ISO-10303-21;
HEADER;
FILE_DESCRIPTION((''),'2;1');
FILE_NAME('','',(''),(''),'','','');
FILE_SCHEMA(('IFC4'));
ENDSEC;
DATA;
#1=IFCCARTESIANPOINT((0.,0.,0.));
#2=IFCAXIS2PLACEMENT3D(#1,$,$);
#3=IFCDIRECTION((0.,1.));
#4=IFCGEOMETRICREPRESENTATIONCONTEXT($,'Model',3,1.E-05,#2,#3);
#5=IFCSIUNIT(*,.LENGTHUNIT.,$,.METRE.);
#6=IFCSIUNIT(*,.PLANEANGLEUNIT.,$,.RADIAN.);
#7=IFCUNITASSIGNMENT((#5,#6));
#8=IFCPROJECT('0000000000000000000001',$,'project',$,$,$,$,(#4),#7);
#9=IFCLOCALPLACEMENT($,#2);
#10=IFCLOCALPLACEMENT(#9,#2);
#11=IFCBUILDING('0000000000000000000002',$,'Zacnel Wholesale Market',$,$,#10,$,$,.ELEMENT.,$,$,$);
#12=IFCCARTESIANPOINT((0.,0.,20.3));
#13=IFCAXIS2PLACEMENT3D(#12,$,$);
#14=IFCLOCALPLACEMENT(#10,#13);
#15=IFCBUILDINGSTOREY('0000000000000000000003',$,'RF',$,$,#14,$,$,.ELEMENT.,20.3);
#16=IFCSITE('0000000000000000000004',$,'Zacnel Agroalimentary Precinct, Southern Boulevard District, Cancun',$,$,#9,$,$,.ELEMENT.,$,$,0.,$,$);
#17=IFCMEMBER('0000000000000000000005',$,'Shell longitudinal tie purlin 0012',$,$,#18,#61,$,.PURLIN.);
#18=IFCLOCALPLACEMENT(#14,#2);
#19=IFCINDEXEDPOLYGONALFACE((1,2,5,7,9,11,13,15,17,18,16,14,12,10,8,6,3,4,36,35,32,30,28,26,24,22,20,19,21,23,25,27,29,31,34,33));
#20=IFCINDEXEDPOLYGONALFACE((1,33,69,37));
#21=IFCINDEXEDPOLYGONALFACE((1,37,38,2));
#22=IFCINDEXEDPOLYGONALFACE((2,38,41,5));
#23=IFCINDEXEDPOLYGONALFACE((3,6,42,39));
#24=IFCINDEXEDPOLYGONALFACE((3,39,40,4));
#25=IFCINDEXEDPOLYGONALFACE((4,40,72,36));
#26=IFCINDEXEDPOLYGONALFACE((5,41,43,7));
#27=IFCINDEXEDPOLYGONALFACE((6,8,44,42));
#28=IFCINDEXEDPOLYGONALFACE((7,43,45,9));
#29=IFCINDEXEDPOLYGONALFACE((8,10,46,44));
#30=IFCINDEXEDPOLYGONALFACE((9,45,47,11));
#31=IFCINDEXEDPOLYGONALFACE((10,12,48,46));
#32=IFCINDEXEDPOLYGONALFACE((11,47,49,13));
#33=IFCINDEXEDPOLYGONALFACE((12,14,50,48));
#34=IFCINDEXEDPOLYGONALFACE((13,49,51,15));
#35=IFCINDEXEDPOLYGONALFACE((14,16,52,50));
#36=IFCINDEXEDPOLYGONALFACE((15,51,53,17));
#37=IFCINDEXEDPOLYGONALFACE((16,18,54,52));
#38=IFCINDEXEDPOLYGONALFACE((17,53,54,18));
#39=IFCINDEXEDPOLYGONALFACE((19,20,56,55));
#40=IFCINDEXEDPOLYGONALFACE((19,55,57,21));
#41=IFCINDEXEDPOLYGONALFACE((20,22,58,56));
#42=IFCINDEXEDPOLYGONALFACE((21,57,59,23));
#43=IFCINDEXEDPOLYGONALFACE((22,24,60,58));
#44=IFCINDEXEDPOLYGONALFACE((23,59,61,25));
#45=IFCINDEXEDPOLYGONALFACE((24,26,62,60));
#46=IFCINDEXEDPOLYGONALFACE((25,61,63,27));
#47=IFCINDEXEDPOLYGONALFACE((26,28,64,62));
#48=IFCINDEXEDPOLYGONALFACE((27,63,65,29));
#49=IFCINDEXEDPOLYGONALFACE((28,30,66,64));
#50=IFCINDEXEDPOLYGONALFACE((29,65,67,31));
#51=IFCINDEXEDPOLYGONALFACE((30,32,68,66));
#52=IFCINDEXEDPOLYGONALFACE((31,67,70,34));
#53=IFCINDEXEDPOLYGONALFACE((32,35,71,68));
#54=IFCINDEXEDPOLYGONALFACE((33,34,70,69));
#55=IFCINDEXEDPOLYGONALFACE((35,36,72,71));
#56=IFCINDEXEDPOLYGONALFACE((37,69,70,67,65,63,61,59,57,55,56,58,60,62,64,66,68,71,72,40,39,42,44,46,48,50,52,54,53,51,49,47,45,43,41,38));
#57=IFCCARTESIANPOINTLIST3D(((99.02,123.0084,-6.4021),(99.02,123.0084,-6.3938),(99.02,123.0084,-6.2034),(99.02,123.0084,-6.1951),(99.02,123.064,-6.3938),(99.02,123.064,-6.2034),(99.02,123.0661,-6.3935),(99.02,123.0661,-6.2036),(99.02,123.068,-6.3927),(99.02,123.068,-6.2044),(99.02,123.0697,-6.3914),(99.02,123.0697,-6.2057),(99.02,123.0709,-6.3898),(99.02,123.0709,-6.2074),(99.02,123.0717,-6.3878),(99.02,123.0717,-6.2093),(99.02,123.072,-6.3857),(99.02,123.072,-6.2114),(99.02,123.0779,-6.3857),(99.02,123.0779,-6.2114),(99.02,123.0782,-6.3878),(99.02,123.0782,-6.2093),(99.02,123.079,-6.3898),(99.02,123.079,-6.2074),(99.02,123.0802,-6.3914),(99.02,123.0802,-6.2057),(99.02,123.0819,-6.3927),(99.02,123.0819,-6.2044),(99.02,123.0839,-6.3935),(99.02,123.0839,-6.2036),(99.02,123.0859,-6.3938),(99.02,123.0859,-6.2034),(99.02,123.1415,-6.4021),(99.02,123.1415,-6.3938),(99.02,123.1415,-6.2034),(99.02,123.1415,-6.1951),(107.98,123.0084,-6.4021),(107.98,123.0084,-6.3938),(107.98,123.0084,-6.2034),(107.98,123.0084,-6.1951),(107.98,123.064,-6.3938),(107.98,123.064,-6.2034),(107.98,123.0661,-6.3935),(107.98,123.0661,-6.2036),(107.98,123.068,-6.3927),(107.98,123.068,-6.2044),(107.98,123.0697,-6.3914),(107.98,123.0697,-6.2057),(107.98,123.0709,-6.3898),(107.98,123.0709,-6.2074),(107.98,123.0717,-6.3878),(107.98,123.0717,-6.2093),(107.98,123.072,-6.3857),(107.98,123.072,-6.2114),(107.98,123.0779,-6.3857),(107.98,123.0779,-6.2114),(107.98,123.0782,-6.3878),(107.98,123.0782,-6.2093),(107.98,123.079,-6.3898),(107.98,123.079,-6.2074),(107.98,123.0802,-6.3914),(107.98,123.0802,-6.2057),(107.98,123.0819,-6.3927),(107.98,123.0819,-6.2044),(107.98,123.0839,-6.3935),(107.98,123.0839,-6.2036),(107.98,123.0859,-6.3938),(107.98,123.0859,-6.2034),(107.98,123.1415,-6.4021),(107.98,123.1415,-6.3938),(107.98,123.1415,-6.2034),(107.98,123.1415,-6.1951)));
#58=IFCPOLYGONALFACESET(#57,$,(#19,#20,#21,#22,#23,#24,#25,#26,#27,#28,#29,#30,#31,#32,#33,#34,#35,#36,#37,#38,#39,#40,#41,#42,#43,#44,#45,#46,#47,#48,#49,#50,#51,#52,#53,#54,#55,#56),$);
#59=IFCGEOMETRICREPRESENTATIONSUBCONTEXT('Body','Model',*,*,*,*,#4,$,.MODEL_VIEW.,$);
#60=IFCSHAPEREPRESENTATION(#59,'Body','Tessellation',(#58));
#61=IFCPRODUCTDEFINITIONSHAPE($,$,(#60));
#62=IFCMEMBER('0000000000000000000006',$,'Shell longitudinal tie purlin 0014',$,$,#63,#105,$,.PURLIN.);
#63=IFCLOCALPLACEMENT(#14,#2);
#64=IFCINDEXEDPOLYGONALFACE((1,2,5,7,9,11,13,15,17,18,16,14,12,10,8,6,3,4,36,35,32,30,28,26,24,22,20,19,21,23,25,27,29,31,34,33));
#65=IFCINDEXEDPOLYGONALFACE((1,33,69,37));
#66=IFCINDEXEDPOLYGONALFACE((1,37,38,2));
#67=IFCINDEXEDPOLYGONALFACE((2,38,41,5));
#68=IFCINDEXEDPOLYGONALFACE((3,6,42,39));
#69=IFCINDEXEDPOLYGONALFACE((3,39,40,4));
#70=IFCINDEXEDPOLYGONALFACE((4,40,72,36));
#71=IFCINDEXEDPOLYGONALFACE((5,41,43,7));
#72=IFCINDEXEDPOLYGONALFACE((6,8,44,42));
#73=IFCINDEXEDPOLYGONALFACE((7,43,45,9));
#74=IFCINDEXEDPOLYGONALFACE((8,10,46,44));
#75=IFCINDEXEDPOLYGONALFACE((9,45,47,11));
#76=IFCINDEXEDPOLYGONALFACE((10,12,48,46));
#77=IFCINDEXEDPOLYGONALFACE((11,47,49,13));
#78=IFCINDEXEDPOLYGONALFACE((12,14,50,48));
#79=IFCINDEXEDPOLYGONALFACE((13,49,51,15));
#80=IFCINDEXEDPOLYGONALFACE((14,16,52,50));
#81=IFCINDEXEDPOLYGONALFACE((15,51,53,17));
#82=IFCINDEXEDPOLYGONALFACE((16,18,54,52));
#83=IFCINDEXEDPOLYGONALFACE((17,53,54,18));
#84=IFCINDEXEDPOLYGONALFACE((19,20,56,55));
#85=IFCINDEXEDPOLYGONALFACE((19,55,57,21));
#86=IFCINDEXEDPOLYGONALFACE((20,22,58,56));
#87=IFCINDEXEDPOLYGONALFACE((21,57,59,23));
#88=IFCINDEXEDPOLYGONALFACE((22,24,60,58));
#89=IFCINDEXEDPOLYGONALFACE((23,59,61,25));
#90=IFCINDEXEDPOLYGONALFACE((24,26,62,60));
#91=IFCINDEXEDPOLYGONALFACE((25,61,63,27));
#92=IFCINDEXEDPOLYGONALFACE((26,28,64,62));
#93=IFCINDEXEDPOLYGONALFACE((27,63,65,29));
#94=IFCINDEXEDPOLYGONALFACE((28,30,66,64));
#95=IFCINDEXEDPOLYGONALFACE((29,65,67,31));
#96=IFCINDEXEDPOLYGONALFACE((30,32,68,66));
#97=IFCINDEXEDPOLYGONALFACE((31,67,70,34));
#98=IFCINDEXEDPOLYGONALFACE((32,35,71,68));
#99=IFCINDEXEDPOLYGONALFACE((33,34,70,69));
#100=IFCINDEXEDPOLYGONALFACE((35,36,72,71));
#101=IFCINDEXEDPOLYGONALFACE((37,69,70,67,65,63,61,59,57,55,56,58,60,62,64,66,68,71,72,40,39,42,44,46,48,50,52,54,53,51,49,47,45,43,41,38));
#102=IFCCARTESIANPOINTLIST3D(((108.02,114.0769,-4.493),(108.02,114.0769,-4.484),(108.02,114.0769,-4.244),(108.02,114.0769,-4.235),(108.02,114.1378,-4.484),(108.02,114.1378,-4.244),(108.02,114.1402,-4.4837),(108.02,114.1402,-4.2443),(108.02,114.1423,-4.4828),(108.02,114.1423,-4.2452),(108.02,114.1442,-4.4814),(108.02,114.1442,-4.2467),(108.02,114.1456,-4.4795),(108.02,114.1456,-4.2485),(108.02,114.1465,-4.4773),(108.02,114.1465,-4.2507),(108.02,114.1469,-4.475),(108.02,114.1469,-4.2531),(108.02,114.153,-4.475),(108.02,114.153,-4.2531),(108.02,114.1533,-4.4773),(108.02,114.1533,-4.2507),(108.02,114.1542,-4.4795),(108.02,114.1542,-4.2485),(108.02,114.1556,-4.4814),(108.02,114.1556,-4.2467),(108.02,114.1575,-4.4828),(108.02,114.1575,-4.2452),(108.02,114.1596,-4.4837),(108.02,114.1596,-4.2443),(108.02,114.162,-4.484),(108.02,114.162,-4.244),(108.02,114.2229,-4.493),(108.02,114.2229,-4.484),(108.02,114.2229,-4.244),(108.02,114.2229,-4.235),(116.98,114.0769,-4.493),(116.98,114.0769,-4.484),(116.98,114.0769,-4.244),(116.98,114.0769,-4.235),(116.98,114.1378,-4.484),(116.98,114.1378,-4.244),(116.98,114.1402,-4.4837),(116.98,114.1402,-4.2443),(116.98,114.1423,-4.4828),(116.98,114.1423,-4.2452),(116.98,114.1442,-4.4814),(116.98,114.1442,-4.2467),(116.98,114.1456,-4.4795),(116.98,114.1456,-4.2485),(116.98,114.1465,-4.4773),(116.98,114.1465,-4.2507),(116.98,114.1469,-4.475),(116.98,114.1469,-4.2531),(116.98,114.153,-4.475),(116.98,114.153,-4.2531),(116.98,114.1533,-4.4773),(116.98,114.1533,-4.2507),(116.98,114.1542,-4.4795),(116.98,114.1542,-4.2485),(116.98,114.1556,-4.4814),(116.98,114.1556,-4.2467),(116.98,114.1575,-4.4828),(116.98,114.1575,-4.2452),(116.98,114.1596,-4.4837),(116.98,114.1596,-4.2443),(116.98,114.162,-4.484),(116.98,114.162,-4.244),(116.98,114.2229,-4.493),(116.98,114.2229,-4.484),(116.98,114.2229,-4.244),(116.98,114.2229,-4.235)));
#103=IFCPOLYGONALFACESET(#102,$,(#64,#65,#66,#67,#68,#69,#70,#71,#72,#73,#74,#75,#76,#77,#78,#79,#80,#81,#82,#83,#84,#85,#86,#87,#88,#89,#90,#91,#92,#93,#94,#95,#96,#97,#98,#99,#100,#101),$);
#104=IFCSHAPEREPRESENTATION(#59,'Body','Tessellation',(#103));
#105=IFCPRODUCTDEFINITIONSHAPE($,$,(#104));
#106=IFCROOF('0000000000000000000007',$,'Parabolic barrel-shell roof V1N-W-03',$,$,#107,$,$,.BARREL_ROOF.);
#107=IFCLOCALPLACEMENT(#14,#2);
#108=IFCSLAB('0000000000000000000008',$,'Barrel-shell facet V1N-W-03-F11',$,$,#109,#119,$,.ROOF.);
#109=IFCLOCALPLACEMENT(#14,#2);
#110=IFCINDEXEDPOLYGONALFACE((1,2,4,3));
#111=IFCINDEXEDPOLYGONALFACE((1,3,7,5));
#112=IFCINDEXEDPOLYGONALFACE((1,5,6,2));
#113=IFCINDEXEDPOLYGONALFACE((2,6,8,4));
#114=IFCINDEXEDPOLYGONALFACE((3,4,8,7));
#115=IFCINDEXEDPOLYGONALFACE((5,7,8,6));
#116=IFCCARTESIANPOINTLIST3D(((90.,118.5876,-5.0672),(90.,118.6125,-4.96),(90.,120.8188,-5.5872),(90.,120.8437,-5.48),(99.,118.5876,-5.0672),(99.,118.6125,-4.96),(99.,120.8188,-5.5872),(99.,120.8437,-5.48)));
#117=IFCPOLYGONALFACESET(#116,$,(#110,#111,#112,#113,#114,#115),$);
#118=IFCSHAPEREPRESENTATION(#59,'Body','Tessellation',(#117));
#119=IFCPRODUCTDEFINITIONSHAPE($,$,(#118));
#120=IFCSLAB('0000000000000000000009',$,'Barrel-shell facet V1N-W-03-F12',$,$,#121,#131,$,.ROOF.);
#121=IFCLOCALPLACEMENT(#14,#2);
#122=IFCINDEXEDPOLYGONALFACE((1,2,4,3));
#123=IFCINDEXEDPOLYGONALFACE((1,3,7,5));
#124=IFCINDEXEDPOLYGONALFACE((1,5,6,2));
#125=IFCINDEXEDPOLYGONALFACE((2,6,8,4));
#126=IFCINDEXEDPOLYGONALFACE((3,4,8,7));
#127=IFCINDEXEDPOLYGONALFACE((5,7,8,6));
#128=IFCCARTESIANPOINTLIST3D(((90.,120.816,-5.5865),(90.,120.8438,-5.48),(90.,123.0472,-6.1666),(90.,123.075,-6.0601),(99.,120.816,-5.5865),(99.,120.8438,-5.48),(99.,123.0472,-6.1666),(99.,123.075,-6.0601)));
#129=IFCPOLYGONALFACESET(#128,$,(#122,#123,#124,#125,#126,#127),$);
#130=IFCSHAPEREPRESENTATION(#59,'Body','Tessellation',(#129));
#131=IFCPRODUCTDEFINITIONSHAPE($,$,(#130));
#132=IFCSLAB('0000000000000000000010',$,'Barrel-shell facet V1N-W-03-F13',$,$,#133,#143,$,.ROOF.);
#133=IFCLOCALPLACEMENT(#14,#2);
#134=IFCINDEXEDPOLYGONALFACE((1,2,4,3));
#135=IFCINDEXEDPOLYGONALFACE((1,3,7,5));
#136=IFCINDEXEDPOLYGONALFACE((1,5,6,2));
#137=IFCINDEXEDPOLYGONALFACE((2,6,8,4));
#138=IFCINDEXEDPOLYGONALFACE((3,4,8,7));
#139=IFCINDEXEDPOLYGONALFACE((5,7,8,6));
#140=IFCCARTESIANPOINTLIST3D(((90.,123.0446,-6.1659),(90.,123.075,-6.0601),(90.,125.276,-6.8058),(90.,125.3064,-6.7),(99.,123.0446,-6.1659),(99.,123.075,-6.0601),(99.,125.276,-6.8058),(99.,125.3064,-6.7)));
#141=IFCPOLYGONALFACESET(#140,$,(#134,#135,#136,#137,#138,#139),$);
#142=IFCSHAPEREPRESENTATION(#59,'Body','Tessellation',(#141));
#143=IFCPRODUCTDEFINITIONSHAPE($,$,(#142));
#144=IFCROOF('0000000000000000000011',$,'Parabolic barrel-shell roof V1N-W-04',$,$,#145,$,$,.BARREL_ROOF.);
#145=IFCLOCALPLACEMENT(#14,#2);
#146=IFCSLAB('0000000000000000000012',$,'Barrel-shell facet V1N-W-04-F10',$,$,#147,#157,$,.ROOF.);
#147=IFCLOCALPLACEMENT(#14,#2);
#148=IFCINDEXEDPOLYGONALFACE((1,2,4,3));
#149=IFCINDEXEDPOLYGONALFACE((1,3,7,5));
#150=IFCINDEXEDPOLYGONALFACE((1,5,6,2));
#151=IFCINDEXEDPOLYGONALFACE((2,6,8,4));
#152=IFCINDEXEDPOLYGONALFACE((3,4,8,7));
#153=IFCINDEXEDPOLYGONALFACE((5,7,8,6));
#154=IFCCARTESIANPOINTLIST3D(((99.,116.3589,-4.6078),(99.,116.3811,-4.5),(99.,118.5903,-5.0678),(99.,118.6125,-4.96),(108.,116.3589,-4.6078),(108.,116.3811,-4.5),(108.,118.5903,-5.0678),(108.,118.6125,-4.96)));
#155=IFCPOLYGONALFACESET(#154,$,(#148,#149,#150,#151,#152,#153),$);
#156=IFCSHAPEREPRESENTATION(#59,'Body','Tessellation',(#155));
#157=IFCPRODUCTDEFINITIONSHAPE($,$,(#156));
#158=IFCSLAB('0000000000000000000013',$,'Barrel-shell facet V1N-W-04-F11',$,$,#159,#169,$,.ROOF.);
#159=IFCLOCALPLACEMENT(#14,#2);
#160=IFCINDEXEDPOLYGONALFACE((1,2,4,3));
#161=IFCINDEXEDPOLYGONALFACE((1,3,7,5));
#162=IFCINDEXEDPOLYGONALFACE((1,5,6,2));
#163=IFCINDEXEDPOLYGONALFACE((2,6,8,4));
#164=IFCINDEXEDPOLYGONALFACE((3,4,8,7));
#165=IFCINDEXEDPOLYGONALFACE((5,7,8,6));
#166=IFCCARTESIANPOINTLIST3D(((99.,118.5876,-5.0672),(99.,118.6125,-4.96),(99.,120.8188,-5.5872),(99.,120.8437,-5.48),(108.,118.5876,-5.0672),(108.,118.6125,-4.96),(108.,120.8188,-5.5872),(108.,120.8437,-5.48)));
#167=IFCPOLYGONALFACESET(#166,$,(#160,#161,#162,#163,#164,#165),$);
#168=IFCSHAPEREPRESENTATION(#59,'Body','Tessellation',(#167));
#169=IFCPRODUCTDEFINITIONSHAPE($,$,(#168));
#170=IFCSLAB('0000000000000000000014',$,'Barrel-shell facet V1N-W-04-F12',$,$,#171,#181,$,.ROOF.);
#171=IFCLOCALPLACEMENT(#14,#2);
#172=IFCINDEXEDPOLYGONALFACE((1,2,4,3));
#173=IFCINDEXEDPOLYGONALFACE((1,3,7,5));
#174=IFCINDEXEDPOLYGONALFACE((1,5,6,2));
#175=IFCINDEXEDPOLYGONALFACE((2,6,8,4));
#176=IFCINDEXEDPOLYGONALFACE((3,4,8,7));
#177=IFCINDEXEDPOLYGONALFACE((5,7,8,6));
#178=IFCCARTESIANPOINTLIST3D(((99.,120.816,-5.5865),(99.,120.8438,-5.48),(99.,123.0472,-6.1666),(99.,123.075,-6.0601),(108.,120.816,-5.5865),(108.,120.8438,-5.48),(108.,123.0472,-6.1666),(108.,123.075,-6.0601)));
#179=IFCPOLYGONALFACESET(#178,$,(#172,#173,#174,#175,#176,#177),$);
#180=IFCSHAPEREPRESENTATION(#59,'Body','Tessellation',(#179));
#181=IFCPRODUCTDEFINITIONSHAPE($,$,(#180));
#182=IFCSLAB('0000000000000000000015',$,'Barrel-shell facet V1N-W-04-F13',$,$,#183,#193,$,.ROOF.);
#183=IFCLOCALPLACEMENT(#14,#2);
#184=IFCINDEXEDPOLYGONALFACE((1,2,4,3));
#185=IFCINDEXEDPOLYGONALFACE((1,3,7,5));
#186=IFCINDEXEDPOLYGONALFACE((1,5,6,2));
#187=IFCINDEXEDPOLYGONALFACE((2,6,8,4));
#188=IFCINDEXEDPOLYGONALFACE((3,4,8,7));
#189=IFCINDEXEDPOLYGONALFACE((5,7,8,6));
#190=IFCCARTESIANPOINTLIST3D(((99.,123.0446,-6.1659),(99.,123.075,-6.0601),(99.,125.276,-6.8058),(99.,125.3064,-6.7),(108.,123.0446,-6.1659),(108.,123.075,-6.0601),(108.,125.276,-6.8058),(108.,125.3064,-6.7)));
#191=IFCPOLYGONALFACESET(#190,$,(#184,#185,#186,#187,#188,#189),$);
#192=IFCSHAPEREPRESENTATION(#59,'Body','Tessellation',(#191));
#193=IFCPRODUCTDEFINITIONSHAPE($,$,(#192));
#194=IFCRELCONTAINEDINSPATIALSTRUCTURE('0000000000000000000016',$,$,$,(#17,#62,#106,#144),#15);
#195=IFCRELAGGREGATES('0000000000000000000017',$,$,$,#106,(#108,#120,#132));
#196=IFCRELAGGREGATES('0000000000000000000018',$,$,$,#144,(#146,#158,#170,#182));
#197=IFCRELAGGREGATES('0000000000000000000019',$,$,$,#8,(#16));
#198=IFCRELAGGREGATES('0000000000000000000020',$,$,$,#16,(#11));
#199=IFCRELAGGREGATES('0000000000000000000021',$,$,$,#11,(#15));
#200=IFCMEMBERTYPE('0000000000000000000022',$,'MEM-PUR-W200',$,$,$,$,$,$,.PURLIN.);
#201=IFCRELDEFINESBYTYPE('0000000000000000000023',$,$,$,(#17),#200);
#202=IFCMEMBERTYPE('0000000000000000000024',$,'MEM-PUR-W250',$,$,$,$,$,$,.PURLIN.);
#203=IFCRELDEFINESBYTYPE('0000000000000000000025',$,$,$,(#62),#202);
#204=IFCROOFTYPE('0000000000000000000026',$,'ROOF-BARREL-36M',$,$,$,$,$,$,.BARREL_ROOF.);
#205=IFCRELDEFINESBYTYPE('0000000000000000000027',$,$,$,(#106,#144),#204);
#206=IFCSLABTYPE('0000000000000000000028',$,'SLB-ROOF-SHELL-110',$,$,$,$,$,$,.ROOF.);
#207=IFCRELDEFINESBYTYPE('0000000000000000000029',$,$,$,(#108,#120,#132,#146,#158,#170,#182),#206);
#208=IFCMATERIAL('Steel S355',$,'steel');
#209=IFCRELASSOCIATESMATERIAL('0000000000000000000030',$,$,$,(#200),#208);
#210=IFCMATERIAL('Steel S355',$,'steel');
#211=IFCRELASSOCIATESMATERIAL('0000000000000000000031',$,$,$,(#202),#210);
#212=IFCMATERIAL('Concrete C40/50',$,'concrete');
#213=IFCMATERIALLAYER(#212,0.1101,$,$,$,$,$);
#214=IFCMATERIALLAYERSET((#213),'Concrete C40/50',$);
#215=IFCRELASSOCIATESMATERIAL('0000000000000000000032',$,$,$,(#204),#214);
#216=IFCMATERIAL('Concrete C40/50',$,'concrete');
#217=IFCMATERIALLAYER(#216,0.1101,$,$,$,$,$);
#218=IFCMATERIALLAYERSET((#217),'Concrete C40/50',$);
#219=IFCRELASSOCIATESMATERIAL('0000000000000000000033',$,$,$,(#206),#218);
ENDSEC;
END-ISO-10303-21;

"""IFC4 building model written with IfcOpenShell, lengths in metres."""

from ifc_helpers import new_model, si_unit, direction, frame, origin, origin_2d, place, context, subcontext, project, spatial, polyline, i_section, outline, extrude, material, layer, layer_set, material_profile, profile_set, type_object, element, aggregate, save


model = new_model("IFC4")

# Units and contexts
model_context = context("Model", 3, precision=1e-05, world=origin(), true_north=direction((0.0, 1.0)))
body_context = subcontext(model_context, "Body", "Model", "MODEL_VIEW")
ifc_project = project(units=[si_unit("LENGTHUNIT", "METRE"), si_unit("PLANEANGLEUNIT", "RADIAN")], contexts=[model_context])

# Site, building, storey
site_placement = place(None, origin())
site = spatial("IfcSite", under=ifc_project, at=site_placement, Name="Zacnel Agroalimentary Precinct, Southern Boulevard District, Cancun", CompositionType="ELEMENT", RefElevation=0.0)
building_placement = place(site_placement, origin())
building = spatial("IfcBuilding", under=site, at=building_placement, Name="Zacnel Wholesale Market", CompositionType="ELEMENT")
storey_placement = place(building_placement, frame((0.0, 0.0, 20.3)))
storey = spatial("IfcBuildingStorey", under=building, at=storey_placement, Name="RF", CompositionType="ELEMENT", Elevation=20.3)

# Members
ifc_material_1 = material(Name="Steel S355", Category="steel")
ifc_material_profile_1 = material_profile(ifc_material_1, i_section(OverallWidth=0.1331, OverallDepth=0.207, WebThickness=0.0059, FlangeThickness=0.0083, FilletRadius=0.0081, at=origin_2d()), Name="W200X26.6")
ifc_profile_set_1 = profile_set([ifc_material_profile_1], Name="Steel S355")
member_type_1 = type_object("IfcMemberType", Name="MEM-PUR-W200", PredefinedType="PURLIN", material=ifc_profile_set_1)
for number, where, z_axis, x_axis, name in (
    (1, (99.02, 123.075, -6.2986), (1.0, 0.0, 0.0), (0.0, 1.0, 0.0), "Shell longitudinal tie purlin 0012"),
):
    element("IfcMember", number, at=place(storey_placement, frame(where, z_axis=z_axis, x_axis=x_axis)), inside=storey, type_object=member_type_1, Name=name, PredefinedType="PURLIN", context=body_context, shape_type="SweptSolid", body=[
        extrude(i_section(OverallWidth=0.1331, OverallDepth=0.207, WebThickness=0.0059, FlangeThickness=0.0083, FilletRadius=0.0081, at=origin_2d()), origin(), (0.0, 0.0, 1.0), 8.96),
    ])
ifc_material_2 = material(Name="Steel S355", Category="steel")
ifc_material_profile_2 = material_profile(ifc_material_2, i_section(OverallWidth=0.146, OverallDepth=0.2581, WebThickness=0.0061, FlangeThickness=0.009, FilletRadius=0.009, at=origin_2d()), Name="W250X32.7")
ifc_profile_set_2 = profile_set([ifc_material_profile_2], Name="Steel S355")
member_type_2 = type_object("IfcMemberType", Name="MEM-PUR-W250", PredefinedType="PURLIN", material=ifc_profile_set_2)
member_placement = place(storey_placement, frame((108.02, 114.1499, -4.364), z_axis=(1.0, 0.0, 0.0), x_axis=(0.0, 1.0, 0.0)))
element("IfcMember", 2, at=member_placement, inside=storey, type_object=member_type_2, Name="Shell longitudinal tie purlin 0014", PredefinedType="PURLIN", context=body_context, shape_type="SweptSolid", body=[
    extrude(i_section(OverallWidth=0.146, OverallDepth=0.2581, WebThickness=0.0061, FlangeThickness=0.009, FilletRadius=0.009, at=origin_2d()), origin(), (0.0, 0.0, 1.0), 8.96),
])

# Roofs, slabs
ifc_material_3 = material(Name="Concrete C40/50", Category="concrete")
ifc_layer_1 = layer(ifc_material_3, 0.1101)
ifc_layer_set_1 = layer_set([ifc_layer_1], Name="Concrete C40/50")
roof_type = type_object("IfcRoofType", Name="ROOF-BARREL-36M", PredefinedType="BARREL_ROOF", material=ifc_layer_set_1)
roof_1_placement = place(storey_placement, origin())
roof_1 = element("IfcRoof", 3, at=roof_1_placement, inside=storey, type_object=roof_type, Name="Parabolic barrel-shell roof V1N-W-03", PredefinedType="BARREL_ROOF")
ifc_material_4 = material(Name="Concrete C40/50", Category="concrete")
ifc_layer_2 = layer(ifc_material_4, 0.1101)
ifc_layer_set_2 = layer_set([ifc_layer_2], Name="Concrete C40/50")
slab_type = type_object("IfcSlabType", Name="SLB-ROOF-SHELL-110", PredefinedType="ROOF", material=ifc_layer_set_2)
slab_1_placement = place(storey_placement, frame((90.0, 118.6125, -4.96), z_axis=(0.0, 0.226984, 0.973899), x_axis=(1.0, 0.0, 0.0)))
slab_1 = element("IfcSlab", 4, at=slab_1_placement, type_object=slab_type, Name="Barrel-shell facet V1N-W-03-F11", PredefinedType="ROOF", context=body_context, shape_type="SweptSolid", body=[
    extrude(outline(polyline([(0.0, 0.0), (9.0, 0.0), (9.0, 2.291), (0.0, 2.291), (0.0, 0.0)])), origin(), (0.0, 0.0, -1.0), 0.1101),
])
slab_2_placement = place(storey_placement, frame((90.0, 120.8438, -5.48), z_axis=(0.0, 0.25162, 0.967826), x_axis=(1.0, 0.0, 0.0)))
slab_2 = element("IfcSlab", 5, at=slab_2_placement, type_object=slab_type, Name="Barrel-shell facet V1N-W-03-F12", PredefinedType="ROOF", context=body_context, shape_type="SweptSolid", body=[
    extrude(outline(polyline([(0.0, 0.0), (9.0, 0.0), (9.0, 2.3054), (0.0, 2.3054), (0.0, 0.0)])), origin(), (0.0, 0.0, -1.0), 0.1101),
])
slab_3_placement = place(storey_placement, frame((90.0, 123.075, -6.0601), z_axis=(0.0, 0.275652, 0.961258), x_axis=(1.0, 0.0, 0.0)))
slab_3 = element("IfcSlab", 6, at=slab_3_placement, type_object=slab_type, Name="Barrel-shell facet V1N-W-03-F13", PredefinedType="ROOF", context=body_context, shape_type="SweptSolid", body=[
    extrude(outline(polyline([(0.0, 0.0), (9.0, 0.0), (9.0, 2.3214), (0.0, 2.3214), (0.0, 0.0)])), origin(), (0.0, 0.0, -1.0), 0.1101),
])
aggregate(roof_1, [slab_1, slab_2, slab_3])
roof_2_placement = place(storey_placement, origin())
roof_2 = element("IfcRoof", 7, at=roof_2_placement, inside=storey, type_object=roof_type, Name="Parabolic barrel-shell roof V1N-W-04", PredefinedType="BARREL_ROOF")
slab_4_placement = place(storey_placement, frame((99.0, 116.3811, -4.5), z_axis=(0.0, 0.201883, 0.97941), x_axis=(1.0, 0.0, 0.0)))
slab_4 = element("IfcSlab", 8, at=slab_4_placement, type_object=slab_type, Name="Barrel-shell facet V1N-W-04-F10", PredefinedType="ROOF", context=body_context, shape_type="SweptSolid", body=[
    extrude(outline(polyline([(0.0, 0.0), (9.0, 0.0), (9.0, 2.2784), (0.0, 2.2784), (0.0, 0.0)])), origin(), (0.0, 0.0, -1.0), 0.1101),
])
slab_5_placement = place(storey_placement, frame((99.0, 118.6125, -4.96), z_axis=(0.0, 0.226984, 0.973899), x_axis=(1.0, 0.0, 0.0)))
slab_5 = element("IfcSlab", 9, at=slab_5_placement, type_object=slab_type, Name="Barrel-shell facet V1N-W-04-F11", PredefinedType="ROOF", context=body_context, shape_type="SweptSolid", body=[
    extrude(outline(polyline([(0.0, 0.0), (9.0, 0.0), (9.0, 2.291), (0.0, 2.291), (0.0, 0.0)])), origin(), (0.0, 0.0, -1.0), 0.1101),
])
slab_6_placement = place(storey_placement, frame((99.0, 120.8438, -5.48), z_axis=(0.0, 0.25162, 0.967826), x_axis=(1.0, 0.0, 0.0)))
slab_6 = element("IfcSlab", 10, at=slab_6_placement, type_object=slab_type, Name="Barrel-shell facet V1N-W-04-F12", PredefinedType="ROOF", context=body_context, shape_type="SweptSolid", body=[
    extrude(outline(polyline([(0.0, 0.0), (9.0, 0.0), (9.0, 2.3054), (0.0, 2.3054), (0.0, 0.0)])), origin(), (0.0, 0.0, -1.0), 0.1101),
])
slab_7_placement = place(storey_placement, frame((99.0, 123.075, -6.0601), z_axis=(0.0, 0.275652, 0.961258), x_axis=(1.0, 0.0, 0.0)))
slab_7 = element("IfcSlab", 11, at=slab_7_placement, type_object=slab_type, Name="Barrel-shell facet V1N-W-04-F13", PredefinedType="ROOF", context=body_context, shape_type="SweptSolid", body=[
    extrude(outline(polyline([(0.0, 0.0), (9.0, 0.0), (9.0, 2.3214), (0.0, 2.3214), (0.0, 0.0)])), origin(), (0.0, 0.0, -1.0), 0.1101),
])
aggregate(roof_2, [slab_4, slab_5, slab_6, slab_7])

save(model, "model.ifc")
